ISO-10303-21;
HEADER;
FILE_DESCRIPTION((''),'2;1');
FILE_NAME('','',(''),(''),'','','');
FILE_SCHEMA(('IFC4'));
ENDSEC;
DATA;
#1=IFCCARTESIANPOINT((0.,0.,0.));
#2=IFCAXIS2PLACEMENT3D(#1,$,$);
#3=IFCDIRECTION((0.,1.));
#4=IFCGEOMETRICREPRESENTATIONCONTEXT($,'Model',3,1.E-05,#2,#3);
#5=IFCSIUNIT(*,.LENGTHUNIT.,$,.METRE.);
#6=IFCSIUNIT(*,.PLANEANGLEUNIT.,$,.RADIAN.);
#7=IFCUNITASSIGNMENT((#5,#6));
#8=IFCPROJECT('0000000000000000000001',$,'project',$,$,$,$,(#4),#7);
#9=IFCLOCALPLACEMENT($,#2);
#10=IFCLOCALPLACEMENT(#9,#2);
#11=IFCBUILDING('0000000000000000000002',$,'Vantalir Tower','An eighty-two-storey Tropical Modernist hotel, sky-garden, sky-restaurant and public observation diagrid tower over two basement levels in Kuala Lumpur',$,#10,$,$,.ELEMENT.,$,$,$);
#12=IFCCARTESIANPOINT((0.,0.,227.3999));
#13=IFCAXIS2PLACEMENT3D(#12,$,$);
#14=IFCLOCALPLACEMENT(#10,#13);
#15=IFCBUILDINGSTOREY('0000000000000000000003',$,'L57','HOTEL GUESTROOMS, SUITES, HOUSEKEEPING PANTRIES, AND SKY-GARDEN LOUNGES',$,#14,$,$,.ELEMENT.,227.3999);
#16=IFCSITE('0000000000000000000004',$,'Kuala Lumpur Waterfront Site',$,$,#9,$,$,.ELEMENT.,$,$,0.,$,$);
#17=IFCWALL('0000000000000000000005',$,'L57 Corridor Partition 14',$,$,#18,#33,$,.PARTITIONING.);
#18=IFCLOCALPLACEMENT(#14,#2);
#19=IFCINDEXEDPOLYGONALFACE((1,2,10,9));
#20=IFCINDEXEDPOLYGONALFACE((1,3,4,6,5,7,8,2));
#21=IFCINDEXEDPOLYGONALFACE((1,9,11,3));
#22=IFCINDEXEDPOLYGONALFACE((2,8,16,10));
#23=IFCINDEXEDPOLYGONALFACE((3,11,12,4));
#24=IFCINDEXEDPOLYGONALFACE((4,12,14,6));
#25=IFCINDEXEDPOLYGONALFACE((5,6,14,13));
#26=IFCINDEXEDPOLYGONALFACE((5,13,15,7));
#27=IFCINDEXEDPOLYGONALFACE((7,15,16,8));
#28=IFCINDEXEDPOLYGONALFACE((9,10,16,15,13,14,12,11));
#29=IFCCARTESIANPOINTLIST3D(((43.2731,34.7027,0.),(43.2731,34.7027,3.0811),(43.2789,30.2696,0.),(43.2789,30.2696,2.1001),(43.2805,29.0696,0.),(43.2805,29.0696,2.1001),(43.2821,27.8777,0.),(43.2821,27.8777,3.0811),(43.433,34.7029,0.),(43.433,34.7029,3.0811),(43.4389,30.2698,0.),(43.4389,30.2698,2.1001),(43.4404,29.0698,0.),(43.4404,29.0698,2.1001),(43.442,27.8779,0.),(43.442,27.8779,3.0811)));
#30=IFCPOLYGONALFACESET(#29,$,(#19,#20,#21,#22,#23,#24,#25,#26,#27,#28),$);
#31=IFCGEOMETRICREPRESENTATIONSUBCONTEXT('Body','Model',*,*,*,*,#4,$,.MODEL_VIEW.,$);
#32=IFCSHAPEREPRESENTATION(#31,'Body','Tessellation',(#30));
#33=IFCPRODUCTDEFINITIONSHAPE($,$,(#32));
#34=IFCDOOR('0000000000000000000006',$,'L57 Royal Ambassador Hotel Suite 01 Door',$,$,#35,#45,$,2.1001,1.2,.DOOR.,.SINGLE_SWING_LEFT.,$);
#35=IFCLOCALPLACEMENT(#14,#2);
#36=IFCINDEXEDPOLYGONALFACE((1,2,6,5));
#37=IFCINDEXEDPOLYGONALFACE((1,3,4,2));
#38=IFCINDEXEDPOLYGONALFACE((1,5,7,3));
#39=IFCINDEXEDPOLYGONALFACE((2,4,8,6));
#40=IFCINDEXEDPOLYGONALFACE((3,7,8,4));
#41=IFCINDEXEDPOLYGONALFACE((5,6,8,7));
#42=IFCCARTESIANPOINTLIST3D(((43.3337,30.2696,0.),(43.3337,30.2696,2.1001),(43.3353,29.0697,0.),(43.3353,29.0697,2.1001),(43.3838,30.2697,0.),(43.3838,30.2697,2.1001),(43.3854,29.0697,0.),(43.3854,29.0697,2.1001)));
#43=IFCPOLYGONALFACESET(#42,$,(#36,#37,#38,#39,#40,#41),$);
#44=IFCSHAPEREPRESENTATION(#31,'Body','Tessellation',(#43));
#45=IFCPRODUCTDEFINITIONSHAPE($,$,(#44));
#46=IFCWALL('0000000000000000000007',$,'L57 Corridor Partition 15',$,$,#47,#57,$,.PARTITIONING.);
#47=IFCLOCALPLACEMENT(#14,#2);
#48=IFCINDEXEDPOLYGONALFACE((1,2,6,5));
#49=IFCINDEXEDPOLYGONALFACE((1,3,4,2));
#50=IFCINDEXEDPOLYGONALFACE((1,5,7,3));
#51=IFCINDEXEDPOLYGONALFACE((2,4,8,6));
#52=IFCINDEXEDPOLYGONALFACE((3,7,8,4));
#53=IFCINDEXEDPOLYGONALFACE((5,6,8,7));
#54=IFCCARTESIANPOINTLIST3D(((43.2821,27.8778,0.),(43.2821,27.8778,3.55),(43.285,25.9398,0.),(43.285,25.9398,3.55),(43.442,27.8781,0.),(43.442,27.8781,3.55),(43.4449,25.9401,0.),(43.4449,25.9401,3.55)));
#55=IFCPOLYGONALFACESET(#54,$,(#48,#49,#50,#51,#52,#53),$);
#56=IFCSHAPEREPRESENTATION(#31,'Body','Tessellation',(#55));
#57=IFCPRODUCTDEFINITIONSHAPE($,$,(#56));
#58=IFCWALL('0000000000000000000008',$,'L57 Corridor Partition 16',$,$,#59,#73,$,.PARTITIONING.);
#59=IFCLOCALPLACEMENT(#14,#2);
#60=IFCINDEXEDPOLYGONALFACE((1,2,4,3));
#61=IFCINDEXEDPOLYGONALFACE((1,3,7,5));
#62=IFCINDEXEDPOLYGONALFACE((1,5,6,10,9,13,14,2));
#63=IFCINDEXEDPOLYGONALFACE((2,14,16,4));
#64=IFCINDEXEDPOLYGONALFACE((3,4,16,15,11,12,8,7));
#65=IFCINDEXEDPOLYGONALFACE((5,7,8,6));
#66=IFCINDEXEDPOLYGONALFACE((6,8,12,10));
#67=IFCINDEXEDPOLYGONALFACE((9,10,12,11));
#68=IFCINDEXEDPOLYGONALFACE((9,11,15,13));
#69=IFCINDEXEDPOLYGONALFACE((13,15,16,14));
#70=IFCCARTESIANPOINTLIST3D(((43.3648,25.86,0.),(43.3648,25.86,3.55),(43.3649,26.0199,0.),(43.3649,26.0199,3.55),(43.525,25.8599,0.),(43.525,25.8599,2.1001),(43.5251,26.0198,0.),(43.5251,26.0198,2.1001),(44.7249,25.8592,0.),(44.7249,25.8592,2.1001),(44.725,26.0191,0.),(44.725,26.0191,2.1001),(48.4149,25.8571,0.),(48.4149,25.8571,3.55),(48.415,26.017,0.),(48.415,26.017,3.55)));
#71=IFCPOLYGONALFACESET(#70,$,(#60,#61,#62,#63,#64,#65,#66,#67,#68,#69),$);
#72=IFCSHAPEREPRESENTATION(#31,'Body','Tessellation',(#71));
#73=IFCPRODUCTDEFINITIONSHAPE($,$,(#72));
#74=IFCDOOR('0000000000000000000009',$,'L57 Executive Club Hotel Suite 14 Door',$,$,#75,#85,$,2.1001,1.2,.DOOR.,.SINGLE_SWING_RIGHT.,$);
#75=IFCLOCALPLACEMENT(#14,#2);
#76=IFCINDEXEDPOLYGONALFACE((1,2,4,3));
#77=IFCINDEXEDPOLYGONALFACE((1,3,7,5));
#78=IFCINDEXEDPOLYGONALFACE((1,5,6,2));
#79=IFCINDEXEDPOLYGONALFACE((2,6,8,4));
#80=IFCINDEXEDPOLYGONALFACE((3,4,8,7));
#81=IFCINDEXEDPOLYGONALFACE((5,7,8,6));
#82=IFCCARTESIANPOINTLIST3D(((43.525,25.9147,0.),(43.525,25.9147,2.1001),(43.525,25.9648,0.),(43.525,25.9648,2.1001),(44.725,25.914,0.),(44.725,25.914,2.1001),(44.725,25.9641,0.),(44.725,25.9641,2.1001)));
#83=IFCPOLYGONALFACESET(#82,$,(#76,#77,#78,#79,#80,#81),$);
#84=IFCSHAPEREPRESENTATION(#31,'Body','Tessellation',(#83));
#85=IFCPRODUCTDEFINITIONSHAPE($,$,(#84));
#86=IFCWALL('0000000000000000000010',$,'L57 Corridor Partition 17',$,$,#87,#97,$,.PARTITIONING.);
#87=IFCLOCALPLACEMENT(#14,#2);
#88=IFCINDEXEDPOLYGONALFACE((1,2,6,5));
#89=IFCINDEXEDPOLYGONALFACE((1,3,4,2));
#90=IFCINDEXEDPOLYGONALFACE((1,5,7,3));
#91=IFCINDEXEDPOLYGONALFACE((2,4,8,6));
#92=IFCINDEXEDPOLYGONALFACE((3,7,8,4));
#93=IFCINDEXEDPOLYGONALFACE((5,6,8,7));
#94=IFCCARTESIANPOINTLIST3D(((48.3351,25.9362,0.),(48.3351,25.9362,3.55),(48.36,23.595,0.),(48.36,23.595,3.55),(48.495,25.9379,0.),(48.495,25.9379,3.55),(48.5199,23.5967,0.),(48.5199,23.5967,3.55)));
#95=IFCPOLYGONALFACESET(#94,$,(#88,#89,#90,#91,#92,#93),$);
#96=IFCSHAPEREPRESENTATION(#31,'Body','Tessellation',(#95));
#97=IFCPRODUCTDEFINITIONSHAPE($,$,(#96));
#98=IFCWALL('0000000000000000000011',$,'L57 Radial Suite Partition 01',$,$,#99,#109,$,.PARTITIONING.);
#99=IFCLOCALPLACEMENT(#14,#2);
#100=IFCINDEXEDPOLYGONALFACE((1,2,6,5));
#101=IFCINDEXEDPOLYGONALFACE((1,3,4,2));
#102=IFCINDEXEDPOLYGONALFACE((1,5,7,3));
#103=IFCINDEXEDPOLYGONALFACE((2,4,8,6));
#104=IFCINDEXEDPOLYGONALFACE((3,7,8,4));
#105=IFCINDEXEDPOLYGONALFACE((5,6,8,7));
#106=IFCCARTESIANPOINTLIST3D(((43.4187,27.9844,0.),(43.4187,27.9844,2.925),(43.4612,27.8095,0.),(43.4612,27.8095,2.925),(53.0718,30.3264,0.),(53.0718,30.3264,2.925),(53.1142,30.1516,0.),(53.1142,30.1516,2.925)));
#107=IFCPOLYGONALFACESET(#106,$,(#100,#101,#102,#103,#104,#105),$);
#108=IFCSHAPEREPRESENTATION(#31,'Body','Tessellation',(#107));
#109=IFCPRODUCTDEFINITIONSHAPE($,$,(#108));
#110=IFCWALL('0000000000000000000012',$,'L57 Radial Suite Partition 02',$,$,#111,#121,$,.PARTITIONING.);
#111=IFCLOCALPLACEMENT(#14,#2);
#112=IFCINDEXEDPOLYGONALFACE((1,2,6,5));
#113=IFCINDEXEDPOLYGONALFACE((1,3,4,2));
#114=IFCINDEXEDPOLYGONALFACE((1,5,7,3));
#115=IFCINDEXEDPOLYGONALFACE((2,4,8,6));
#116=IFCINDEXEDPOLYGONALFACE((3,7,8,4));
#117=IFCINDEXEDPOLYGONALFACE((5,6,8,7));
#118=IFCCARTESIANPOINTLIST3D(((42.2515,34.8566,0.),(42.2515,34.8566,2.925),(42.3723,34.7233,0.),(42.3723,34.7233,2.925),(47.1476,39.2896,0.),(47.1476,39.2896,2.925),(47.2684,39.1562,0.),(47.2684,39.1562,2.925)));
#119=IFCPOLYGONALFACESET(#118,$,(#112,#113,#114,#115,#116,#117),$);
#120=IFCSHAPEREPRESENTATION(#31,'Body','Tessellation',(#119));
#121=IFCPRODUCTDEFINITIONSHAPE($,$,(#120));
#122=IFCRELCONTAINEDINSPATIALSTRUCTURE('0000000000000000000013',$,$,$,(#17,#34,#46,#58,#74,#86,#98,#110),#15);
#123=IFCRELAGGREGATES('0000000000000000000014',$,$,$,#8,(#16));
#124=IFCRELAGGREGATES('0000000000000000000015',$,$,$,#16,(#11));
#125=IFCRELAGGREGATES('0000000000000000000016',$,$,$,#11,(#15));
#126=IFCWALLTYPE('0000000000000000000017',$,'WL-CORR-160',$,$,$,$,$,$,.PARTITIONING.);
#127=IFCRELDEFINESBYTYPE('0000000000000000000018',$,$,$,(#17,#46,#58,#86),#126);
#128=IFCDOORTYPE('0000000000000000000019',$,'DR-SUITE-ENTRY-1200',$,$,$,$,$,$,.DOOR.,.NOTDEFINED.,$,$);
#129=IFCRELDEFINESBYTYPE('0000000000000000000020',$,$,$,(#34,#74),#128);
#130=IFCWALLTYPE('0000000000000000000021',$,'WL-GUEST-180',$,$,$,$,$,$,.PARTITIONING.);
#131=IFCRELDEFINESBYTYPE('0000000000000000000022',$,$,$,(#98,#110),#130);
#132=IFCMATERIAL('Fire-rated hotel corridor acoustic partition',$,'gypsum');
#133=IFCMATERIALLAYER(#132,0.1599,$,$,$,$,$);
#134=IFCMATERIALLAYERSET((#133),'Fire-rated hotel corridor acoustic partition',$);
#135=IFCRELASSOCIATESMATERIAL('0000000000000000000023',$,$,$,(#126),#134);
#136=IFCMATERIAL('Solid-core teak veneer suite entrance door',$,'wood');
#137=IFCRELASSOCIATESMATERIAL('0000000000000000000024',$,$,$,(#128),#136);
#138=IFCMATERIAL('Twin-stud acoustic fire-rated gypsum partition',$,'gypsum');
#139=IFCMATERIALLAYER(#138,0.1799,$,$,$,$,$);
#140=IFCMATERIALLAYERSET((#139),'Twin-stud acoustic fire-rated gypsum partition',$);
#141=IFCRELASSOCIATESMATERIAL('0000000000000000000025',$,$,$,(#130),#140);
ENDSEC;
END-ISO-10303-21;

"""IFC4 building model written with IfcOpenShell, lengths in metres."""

from ifc_helpers import new_model, si_unit, direction, frame, frame_2d, origin, place, context, subcontext, project, spatial, rectangle, extrude, material, layer, layer_set, type_object, element, fill, save


model = new_model("IFC4")

# Units and contexts
model_context = context("Model", 3, precision=1e-05, world=origin(), true_north=direction((0.0, 1.0)))
body_context = subcontext(model_context, "Body", "Model", "MODEL_VIEW")
ifc_project = project(units=[si_unit("LENGTHUNIT", "METRE"), si_unit("PLANEANGLEUNIT", "RADIAN")], contexts=[model_context])

# Site, building, storey
site_placement = place(None, origin())
site = spatial("IfcSite", under=ifc_project, at=site_placement, Name="Kuala Lumpur Waterfront Site", CompositionType="ELEMENT", RefElevation=0.0)
building_placement = place(site_placement, origin())
building = spatial("IfcBuilding", under=site, at=building_placement, Name="Vantalir Tower", Description="An eighty-two-storey Tropical Modernist hotel, sky-garden, sky-restaurant and public observation diagrid tower over two basement levels in Kuala Lumpur", CompositionType="ELEMENT")
storey_placement = place(building_placement, frame((0.0, 0.0, 227.3999)))
storey = spatial("IfcBuildingStorey", under=building, at=storey_placement, Name="L57", Description="HOTEL GUESTROOMS, SUITES, HOUSEKEEPING PANTRIES, AND SKY-GARDEN LOUNGES", CompositionType="ELEMENT", Elevation=227.3999)

# Shared definitions
ifc_material_1 = material(Name="Fire-rated hotel corridor acoustic partition", Category="gypsum")
ifc_layer_1 = layer(ifc_material_1, 0.1599)
ifc_layer_set_1 = layer_set([ifc_layer_1], Name="Fire-rated hotel corridor acoustic partition")
wall_type_1 = type_object("IfcWallType", Name="WL-CORR-160", PredefinedType="PARTITIONING", material=ifc_layer_set_1)

# Wall, opening, door
wall_1_placement = place(storey_placement, frame((43.353, 34.7029, 0.0), z_axis=(0.0, 0.0, 1.0), x_axis=(0.001324, -0.999999, 0.0)))
wall_1 = element("IfcWall", 1, at=wall_1_placement, inside=storey, type_object=wall_type_1, Name="L57 Corridor Partition 14", PredefinedType="PARTITIONING", context=body_context, shape_type="SweptSolid", body=[
    extrude(rectangle(XDim=6.825, YDim=0.1599, at=frame_2d((3.4126, 0.0))), origin(), (0.0, 0.0, 1.0), 3.0811),
])
opening_1_placement = place(wall_1_placement, frame((4.4331, 0.0, 0.0)))
opening_1 = element("IfcOpeningElement", 2, at=opening_1_placement, cuts=wall_1, PredefinedType="OPENING", context=body_context, shape_type="SweptSolid", body=[
    extrude(rectangle(XDim=1.2, YDim=2.1001, at=frame_2d((0.6001, 1.05))), frame((0.0, 0.0898, 0.0), z_axis=(0.0, -1.0, 0.0), x_axis=(1.0, 0.0, 0.0)), (0.0, 0.0, 1.0), 0.1799),
])
ifc_material_2 = material(Name="Solid-core teak veneer suite entrance door", Category="wood")
door_type_1 = type_object("IfcDoorType", Name="DR-SUITE-ENTRY-1200", OperationType="NOTDEFINED", PredefinedType="DOOR", material=ifc_material_2)
door_1_placement = place(opening_1_placement, origin())
door_1 = element("IfcDoor", 3, at=door_1_placement, inside=storey, type_object=door_type_1, Name="L57 Royal Ambassador Hotel Suite 01 Door", OperationType="SINGLE_SWING_LEFT", OverallHeight=2.1001, OverallWidth=1.2, PredefinedType="DOOR", context=body_context, shape_type="SweptSolid", body=[
    extrude(rectangle(XDim=1.2, YDim=2.1001, at=frame_2d((0.6001, 1.05))), frame((0.0, 0.0249, 0.0), z_axis=(0.0, -1.0, 0.0), x_axis=(1.0, 0.0, 0.0)), (0.0, 0.0, 1.0), 0.05),
])
fill(opening_1, door_1)

# Wall
wall_2_placement = place(storey_placement, frame((43.3621, 27.8779, 0.0), z_axis=(0.0, 0.0, 1.0), x_axis=(0.001512, -0.999999, 0.0)))
element("IfcWall", 4, at=wall_2_placement, inside=storey, type_object=wall_type_1, Name="L57 Corridor Partition 15", PredefinedType="PARTITIONING", context=body_context, shape_type="SweptSolid", body=[
    extrude(rectangle(XDim=1.938, YDim=0.1599, at=frame_2d((0.969, 0.0))), origin(), (0.0, 0.0, 1.0), 3.55),
])

# Wall, opening, door
wall_3_placement = place(storey_placement, frame((43.365, 25.9399, 0.0), z_axis=(0.0, 0.0, 1.0), x_axis=(1.0, -0.00058, 0.0)))
wall_3 = element("IfcWall", 5, at=wall_3_placement, inside=storey, type_object=wall_type_1, Name="L57 Corridor Partition 16", PredefinedType="PARTITIONING", context=body_context, shape_type="SweptSolid", body=[
    extrude(rectangle(XDim=5.05, YDim=0.1599, at=frame_2d((2.5249, 0.0))), origin(), (0.0, 0.0, 1.0), 3.55),
])
opening_2_placement = place(wall_3_placement, frame((0.1599, 0.0, 0.0)))
opening_2 = element("IfcOpeningElement", 6, at=opening_2_placement, cuts=wall_3, PredefinedType="OPENING", context=body_context, shape_type="SweptSolid", body=[
    extrude(rectangle(XDim=1.2, YDim=2.1001, at=frame_2d((0.6001, 1.05))), frame((0.0, 0.0898, 0.0), z_axis=(0.0, -1.0, 0.0), x_axis=(1.0, 0.0, 0.0)), (0.0, 0.0, 1.0), 0.1799),
])
door_2_placement = place(opening_2_placement, origin())
door_2 = element("IfcDoor", 7, at=door_2_placement, inside=storey, type_object=door_type_1, Name="L57 Executive Club Hotel Suite 14 Door", OperationType="SINGLE_SWING_RIGHT", OverallHeight=2.1001, OverallWidth=1.2, PredefinedType="DOOR", context=body_context, shape_type="SweptSolid", body=[
    extrude(rectangle(XDim=1.2, YDim=2.1001, at=frame_2d((0.6001, 1.05))), frame((0.0, 0.0249, 0.0), z_axis=(0.0, -1.0, 0.0), x_axis=(1.0, 0.0, 0.0)), (0.0, 0.0, 1.0), 0.05),
])
fill(opening_2, door_2)

# Walls
wall_4_placement = place(storey_placement, frame((48.415, 25.937, 0.0), z_axis=(0.0, 0.0, 1.0), x_axis=(0.010637, -0.999943, 0.0)))
element("IfcWall", 8, at=wall_4_placement, inside=storey, type_object=wall_type_1, Name="L57 Corridor Partition 17", PredefinedType="PARTITIONING", context=body_context, shape_type="SweptSolid", body=[
    extrude(rectangle(XDim=2.3413, YDim=0.1599, at=frame_2d((1.1707, 0.0))), origin(), (0.0, 0.0, 1.0), 3.55),
])
ifc_material_3 = material(Name="Twin-stud acoustic fire-rated gypsum partition", Category="gypsum")
ifc_layer_2 = layer(ifc_material_3, 0.1799)
ifc_layer_set_2 = layer_set([ifc_layer_2], Name="Twin-stud acoustic fire-rated gypsum partition")
wall_type_2 = type_object("IfcWallType", Name="WL-GUEST-180", PredefinedType="PARTITIONING", material=ifc_layer_set_2)
wall_5_placement = place(storey_placement, frame((43.4399, 27.897, 0.0), z_axis=(0.0, 0.0, 1.0), x_axis=(0.971806, 0.235781, 0.0)))
element("IfcWall", 9, at=wall_5_placement, inside=storey, type_object=wall_type_2, Name="L57 Radial Suite Partition 01", PredefinedType="PARTITIONING", context=body_context, shape_type="SweptSolid", body=[
    extrude(rectangle(XDim=9.9331, YDim=0.1799, at=frame_2d((4.9666, 0.0))), origin(), (0.0, 0.0, 1.0), 2.925),
])
wall_6_placement = place(storey_placement, frame((42.312, 34.79, 0.0), z_axis=(0.0, 0.0, 1.0), x_axis=(0.741298, 0.671176, 0.0)))
element("IfcWall", 10, at=wall_6_placement, inside=storey, type_object=wall_type_2, Name="L57 Radial Suite Partition 02", PredefinedType="PARTITIONING", context=body_context, shape_type="SweptSolid", body=[
    extrude(rectangle(XDim=6.6047, YDim=0.1799, at=frame_2d((3.3022, 0.0))), origin(), (0.0, 0.0, 1.0), 2.925),
])

save(model, "model.ifc")
